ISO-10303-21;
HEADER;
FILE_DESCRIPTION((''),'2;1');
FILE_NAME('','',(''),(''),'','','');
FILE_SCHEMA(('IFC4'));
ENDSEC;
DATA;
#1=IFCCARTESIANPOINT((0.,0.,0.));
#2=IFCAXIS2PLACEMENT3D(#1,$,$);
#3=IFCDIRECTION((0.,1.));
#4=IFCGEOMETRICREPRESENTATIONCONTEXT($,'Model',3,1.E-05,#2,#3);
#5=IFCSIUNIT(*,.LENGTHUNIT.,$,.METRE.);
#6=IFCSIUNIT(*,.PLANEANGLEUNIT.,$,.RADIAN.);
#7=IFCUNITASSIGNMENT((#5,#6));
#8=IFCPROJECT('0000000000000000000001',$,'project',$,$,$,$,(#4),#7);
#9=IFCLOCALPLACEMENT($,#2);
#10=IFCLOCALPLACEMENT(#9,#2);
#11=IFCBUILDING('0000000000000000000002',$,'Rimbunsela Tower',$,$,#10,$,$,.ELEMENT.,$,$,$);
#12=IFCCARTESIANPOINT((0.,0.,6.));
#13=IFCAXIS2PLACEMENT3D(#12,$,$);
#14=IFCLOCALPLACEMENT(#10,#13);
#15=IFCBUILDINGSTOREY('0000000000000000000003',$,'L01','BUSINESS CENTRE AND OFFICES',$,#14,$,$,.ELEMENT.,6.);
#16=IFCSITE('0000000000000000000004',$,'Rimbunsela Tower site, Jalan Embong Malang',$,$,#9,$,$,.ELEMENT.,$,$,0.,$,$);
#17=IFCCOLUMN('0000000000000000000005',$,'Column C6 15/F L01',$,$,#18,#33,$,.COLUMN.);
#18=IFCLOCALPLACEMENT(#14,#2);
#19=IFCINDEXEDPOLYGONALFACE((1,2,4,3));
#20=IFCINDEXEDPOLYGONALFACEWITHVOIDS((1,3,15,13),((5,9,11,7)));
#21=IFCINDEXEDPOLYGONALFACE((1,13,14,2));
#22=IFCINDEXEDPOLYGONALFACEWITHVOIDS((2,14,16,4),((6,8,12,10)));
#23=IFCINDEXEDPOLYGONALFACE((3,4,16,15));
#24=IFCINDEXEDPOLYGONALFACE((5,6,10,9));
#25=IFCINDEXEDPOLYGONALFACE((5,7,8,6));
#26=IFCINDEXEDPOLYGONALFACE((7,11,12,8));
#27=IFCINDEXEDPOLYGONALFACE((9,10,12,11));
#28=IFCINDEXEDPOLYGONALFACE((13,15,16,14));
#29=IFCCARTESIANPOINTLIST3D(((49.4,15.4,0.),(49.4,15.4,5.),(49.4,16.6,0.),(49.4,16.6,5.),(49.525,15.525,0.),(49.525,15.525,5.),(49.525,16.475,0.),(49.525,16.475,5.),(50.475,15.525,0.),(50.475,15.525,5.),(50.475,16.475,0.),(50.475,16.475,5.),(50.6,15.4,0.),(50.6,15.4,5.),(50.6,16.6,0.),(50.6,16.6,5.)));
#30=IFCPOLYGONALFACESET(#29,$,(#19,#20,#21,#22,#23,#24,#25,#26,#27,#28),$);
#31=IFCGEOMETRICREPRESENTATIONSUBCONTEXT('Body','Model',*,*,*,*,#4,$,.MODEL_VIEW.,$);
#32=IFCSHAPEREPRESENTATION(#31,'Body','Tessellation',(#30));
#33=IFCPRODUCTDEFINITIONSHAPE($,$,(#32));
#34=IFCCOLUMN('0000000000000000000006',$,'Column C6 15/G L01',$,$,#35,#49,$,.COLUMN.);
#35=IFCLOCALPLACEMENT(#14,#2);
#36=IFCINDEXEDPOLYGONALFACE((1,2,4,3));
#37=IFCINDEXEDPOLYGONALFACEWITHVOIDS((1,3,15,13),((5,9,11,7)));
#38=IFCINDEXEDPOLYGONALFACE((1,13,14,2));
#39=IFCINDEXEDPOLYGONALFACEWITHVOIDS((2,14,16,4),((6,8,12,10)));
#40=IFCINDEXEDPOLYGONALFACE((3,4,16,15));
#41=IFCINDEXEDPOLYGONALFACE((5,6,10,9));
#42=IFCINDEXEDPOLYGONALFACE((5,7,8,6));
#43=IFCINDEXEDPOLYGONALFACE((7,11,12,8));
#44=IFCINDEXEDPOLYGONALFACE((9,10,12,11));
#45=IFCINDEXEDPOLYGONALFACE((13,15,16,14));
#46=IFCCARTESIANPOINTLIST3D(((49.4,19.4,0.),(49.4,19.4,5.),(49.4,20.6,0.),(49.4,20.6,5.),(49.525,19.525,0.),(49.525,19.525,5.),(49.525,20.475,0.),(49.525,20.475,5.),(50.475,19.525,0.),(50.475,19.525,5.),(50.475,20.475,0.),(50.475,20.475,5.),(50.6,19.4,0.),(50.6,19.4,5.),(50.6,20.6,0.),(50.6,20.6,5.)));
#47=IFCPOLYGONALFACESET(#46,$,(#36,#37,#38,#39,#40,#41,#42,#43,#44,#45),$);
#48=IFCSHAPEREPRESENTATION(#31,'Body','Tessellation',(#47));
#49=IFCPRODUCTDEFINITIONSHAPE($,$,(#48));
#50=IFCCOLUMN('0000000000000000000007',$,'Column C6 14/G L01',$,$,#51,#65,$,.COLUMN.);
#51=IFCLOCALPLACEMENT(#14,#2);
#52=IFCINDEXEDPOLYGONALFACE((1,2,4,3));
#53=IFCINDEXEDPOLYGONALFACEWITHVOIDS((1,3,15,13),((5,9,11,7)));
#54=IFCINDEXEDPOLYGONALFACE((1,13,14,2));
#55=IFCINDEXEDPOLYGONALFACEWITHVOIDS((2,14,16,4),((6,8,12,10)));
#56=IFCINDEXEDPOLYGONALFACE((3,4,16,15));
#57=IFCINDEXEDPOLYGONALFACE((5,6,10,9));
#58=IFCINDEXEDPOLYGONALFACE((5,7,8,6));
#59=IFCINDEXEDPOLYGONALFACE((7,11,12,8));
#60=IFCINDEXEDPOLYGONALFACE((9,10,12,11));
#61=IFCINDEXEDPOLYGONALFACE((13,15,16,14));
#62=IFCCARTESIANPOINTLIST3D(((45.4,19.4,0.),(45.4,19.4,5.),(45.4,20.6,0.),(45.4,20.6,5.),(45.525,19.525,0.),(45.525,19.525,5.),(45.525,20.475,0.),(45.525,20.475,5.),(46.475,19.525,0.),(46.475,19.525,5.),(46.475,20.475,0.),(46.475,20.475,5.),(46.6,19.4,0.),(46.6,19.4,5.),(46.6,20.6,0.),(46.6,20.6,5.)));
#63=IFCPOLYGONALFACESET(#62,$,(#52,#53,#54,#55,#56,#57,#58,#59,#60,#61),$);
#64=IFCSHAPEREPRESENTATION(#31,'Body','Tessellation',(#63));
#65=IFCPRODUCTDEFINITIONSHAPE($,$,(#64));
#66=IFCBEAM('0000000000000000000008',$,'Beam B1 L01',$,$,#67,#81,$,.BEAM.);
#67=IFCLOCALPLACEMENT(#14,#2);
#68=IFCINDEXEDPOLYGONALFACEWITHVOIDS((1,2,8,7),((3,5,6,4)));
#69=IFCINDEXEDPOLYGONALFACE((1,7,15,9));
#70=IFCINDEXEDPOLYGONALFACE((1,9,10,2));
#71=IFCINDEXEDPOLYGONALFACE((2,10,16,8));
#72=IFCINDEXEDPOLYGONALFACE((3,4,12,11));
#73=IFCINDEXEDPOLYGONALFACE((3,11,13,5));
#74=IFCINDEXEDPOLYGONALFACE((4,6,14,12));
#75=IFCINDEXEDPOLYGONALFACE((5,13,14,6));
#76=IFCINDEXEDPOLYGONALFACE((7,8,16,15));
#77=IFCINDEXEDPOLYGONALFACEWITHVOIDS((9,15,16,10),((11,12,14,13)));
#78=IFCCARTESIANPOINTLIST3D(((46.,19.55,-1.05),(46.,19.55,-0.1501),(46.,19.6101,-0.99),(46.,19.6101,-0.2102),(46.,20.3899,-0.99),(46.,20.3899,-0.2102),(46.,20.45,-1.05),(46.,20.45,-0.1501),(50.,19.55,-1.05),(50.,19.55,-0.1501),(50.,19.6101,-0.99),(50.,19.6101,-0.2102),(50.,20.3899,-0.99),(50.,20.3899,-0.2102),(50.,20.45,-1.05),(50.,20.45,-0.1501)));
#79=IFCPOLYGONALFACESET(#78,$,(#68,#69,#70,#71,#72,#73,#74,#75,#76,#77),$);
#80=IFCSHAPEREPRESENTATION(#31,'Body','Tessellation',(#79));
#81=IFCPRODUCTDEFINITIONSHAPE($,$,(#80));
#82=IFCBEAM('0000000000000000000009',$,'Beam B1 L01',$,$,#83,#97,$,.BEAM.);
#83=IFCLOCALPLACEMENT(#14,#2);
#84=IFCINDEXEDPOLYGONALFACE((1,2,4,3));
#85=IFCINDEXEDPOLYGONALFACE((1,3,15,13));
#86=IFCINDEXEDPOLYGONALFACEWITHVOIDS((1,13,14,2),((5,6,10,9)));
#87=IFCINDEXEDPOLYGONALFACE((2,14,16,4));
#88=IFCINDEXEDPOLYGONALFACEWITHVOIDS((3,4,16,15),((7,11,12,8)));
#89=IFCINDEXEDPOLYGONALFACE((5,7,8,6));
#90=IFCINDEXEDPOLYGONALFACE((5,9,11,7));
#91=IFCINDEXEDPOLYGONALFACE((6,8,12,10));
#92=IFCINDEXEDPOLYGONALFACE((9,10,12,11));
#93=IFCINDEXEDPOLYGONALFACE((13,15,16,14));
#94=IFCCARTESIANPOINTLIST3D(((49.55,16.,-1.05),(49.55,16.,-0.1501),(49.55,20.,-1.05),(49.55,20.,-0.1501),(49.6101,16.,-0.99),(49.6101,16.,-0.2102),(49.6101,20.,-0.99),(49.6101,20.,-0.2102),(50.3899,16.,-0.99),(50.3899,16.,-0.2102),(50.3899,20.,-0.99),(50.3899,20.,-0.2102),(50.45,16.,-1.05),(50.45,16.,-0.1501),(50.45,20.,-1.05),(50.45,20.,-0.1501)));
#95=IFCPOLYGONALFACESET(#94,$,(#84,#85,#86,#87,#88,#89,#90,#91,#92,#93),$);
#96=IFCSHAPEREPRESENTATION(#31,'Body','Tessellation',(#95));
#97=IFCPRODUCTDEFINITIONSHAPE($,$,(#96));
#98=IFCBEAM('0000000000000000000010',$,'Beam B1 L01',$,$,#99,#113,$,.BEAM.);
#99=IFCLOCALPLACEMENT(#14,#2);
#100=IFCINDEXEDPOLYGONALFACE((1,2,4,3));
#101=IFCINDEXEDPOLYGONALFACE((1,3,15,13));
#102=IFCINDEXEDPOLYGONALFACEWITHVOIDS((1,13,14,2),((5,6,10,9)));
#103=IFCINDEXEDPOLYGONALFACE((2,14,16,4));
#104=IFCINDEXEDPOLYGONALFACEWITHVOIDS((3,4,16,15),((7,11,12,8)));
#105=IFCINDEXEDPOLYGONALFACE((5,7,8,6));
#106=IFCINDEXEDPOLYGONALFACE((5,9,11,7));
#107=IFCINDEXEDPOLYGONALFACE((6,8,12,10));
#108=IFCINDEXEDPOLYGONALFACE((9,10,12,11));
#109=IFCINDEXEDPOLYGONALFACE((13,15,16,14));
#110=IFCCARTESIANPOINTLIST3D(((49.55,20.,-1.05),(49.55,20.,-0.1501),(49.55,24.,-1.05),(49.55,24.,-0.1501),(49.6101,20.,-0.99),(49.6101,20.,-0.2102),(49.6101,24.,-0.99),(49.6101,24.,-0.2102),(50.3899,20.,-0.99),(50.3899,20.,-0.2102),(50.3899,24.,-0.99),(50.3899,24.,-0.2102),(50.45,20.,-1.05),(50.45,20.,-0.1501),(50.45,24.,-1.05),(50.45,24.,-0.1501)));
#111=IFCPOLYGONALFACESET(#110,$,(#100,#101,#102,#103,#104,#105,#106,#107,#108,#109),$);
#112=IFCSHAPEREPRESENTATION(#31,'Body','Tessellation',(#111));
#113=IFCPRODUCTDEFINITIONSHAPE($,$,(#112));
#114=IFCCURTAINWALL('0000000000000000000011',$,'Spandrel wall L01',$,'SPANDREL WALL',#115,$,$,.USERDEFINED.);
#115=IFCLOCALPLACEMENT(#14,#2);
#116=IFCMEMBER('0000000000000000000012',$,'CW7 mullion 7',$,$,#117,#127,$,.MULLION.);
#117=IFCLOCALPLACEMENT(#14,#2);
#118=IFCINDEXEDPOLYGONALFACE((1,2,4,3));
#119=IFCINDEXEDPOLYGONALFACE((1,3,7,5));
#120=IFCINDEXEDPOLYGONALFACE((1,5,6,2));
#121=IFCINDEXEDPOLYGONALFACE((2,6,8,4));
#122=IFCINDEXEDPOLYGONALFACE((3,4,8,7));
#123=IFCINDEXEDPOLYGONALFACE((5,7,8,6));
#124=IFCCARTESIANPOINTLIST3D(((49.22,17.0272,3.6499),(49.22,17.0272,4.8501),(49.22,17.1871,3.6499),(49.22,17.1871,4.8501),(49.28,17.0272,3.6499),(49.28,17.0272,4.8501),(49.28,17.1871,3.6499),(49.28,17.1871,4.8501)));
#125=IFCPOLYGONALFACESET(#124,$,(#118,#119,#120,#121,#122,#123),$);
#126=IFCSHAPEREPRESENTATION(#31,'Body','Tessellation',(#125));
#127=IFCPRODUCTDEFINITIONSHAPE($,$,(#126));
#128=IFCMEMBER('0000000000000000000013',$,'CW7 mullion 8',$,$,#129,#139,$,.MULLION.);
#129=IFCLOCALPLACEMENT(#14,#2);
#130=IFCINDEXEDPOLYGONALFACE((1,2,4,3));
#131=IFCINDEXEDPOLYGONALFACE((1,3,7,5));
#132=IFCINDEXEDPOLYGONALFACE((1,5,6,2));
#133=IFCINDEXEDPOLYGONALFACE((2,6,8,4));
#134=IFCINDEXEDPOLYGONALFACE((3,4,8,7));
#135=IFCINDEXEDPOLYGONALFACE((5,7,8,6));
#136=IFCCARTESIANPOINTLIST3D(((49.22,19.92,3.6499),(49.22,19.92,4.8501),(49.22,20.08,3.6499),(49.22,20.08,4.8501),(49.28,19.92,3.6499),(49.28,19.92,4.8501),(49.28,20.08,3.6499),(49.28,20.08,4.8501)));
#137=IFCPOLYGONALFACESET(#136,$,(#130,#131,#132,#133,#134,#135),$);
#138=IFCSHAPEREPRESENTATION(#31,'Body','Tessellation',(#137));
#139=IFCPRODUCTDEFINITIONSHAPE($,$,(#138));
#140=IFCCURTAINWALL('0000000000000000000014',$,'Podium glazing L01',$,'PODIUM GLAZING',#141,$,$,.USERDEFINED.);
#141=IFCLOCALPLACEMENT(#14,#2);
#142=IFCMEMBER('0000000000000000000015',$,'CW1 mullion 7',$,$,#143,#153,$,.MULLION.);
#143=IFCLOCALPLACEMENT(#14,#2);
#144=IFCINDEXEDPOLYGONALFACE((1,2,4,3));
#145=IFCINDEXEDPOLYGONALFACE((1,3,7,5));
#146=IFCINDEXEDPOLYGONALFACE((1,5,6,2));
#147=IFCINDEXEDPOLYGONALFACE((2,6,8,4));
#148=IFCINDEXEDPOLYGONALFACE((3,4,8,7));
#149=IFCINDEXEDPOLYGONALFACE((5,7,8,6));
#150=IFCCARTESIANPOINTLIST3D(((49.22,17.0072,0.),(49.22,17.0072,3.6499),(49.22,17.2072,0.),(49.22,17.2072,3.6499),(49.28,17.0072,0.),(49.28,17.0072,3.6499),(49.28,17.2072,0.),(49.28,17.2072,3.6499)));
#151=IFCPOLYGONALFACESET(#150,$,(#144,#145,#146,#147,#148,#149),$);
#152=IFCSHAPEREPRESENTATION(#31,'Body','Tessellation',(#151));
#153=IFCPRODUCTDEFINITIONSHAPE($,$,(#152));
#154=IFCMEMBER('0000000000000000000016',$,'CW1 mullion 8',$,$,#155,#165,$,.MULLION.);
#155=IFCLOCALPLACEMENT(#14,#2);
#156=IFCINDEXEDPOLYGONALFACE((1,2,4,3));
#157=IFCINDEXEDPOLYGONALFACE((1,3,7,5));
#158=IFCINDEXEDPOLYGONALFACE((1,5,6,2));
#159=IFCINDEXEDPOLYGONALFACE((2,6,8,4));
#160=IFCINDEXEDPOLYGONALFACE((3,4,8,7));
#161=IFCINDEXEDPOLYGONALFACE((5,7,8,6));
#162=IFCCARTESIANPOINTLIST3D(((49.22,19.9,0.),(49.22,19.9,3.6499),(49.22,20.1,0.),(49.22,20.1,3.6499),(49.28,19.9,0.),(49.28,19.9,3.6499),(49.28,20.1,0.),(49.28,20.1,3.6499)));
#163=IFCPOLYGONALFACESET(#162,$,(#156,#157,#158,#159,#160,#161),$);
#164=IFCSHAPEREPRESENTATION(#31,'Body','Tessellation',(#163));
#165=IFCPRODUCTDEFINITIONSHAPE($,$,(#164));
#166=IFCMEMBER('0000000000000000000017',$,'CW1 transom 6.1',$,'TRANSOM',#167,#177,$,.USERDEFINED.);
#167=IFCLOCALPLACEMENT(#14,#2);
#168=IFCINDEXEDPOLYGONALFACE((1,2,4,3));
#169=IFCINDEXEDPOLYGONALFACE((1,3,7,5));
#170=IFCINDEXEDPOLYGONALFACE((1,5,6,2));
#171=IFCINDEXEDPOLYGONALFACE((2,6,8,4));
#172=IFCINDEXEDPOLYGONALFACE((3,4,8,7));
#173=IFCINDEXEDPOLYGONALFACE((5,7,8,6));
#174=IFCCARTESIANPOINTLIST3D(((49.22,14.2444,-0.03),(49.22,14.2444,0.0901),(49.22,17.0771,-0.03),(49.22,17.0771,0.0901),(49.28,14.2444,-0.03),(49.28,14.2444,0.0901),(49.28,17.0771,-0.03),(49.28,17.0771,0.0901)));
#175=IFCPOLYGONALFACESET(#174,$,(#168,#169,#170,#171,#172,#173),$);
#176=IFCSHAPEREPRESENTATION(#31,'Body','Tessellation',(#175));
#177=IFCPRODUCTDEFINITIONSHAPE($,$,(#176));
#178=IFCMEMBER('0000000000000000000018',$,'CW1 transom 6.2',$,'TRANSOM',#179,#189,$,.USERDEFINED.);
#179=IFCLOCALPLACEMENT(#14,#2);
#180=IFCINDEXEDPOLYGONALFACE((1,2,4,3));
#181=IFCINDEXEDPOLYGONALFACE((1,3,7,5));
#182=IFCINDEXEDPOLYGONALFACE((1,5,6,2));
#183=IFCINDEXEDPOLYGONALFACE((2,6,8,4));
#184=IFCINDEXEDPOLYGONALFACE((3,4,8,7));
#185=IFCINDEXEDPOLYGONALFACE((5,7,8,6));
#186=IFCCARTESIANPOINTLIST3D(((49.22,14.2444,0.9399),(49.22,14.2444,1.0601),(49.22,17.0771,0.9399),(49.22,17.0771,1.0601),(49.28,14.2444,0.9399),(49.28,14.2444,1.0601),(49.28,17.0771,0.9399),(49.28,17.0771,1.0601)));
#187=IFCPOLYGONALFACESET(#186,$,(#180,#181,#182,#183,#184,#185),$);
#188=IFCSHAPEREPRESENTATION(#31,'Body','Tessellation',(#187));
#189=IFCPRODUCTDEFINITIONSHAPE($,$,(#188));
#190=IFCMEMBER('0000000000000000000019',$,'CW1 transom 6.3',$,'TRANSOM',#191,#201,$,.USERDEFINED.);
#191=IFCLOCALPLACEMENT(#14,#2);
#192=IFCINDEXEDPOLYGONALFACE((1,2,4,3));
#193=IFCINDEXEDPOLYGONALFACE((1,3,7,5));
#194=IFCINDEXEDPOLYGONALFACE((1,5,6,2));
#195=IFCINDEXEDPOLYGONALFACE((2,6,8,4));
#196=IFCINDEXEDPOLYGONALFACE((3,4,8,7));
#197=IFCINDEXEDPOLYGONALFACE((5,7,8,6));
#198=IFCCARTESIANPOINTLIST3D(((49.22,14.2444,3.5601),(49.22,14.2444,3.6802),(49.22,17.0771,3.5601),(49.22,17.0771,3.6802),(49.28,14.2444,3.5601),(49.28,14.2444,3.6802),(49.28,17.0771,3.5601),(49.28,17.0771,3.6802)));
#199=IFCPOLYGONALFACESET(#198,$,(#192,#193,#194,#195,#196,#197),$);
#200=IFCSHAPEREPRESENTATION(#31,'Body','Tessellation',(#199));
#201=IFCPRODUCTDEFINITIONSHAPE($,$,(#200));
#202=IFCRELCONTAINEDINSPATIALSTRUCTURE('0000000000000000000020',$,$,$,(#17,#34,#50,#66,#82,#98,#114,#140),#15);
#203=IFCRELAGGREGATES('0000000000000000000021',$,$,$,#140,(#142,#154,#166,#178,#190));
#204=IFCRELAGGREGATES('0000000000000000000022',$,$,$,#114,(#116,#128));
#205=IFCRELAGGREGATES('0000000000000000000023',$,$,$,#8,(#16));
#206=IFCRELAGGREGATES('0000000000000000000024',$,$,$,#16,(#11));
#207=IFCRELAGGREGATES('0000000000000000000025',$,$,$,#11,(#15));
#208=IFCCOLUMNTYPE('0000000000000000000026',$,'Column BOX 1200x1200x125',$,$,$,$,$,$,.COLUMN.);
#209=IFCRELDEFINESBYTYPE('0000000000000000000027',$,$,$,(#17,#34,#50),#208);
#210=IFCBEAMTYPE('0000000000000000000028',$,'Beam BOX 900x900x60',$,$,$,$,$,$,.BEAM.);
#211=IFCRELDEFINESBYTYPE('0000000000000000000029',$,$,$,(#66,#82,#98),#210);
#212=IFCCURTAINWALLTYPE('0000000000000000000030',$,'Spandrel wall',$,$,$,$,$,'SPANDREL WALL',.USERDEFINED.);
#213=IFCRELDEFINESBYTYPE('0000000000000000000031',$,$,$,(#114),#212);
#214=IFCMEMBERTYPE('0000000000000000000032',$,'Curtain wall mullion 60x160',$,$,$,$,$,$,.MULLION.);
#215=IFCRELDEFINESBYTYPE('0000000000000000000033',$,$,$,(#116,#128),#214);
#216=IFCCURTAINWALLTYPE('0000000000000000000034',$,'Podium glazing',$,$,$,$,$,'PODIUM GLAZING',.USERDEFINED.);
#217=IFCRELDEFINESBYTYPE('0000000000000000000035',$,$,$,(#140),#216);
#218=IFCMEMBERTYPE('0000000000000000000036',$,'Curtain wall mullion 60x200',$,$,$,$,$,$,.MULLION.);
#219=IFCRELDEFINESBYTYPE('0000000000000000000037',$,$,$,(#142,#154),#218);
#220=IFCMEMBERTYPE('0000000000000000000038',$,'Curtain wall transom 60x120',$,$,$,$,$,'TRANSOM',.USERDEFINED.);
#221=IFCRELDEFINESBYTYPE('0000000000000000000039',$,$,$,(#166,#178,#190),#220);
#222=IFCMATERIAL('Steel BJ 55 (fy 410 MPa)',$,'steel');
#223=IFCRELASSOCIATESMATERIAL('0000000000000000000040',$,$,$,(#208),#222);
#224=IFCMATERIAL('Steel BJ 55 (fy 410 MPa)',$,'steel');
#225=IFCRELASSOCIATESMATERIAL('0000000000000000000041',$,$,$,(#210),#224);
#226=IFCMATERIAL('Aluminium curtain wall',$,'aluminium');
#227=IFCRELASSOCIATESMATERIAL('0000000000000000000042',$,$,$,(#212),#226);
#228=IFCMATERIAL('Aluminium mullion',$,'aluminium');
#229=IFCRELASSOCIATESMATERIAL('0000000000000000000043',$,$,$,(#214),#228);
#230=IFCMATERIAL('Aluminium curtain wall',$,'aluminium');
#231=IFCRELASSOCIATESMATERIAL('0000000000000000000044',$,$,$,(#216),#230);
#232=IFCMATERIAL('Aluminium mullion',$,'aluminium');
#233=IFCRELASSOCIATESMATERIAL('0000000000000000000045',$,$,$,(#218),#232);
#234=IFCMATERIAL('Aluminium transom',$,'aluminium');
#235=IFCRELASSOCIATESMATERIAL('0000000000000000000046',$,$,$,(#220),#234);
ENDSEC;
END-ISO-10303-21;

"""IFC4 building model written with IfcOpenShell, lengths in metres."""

from ifc_helpers import new_model, si_unit, direction, frame, origin, origin_2d, place, context, subcontext, project, spatial, rectangle, hollow_rectangle, extrude, material, material_profile, profile_set, type_object, element, aggregate, save


model = new_model("IFC4")

# Units and contexts
model_context = context("Model", 3, precision=1e-05, world=origin(), true_north=direction((0.0, 1.0)))
body_context = subcontext(model_context, "Body", "Model", "MODEL_VIEW")
ifc_project = project(units=[si_unit("LENGTHUNIT", "METRE"), si_unit("PLANEANGLEUNIT", "RADIAN")], contexts=[model_context])

# Site, building, storey
site_placement = place(None, origin())
site = spatial("IfcSite", under=ifc_project, at=site_placement, Name="Rimbunsela Tower site, Jalan Embong Malang", CompositionType="ELEMENT", RefElevation=0.0)
building_placement = place(site_placement, origin())
building = spatial("IfcBuilding", under=site, at=building_placement, Name="Rimbunsela Tower", CompositionType="ELEMENT")
storey_placement = place(building_placement, frame((0.0, 0.0, 6.0)))
storey = spatial("IfcBuildingStorey", under=building, at=storey_placement, Name="L01", Description="BUSINESS CENTRE AND OFFICES", CompositionType="ELEMENT", Elevation=6.0)

# Columns
ifc_material_1 = material(Name="Steel BJ 55 (fy 410 MPa)", Category="steel")
ifc_material_profile_1 = material_profile(ifc_material_1, hollow_rectangle(XDim=1.2, YDim=1.2, WallThickness=0.125, at=origin_2d()), Name="BOX 1200x1200x125")
ifc_profile_set_1 = profile_set([ifc_material_profile_1], Name="Steel BJ 55 (fy 410 MPa)")
column_type = type_object("IfcColumnType", Name="Column BOX 1200x1200x125", PredefinedType="COLUMN", material=ifc_profile_set_1)
for number, where, z_axis, x_axis, name in (
    (1, (50.0, 16.0, 0.0), (0.0, 0.0, 1.0), (1.0, 0.0, 0.0), "Column C6 15/F L01"),
    (2, (50.0, 20.0, 0.0), (0.0, 0.0, 1.0), (1.0, 0.0, 0.0), "Column C6 15/G L01"),
    (3, (46.0, 20.0, 0.0), (0.0, 0.0, 1.0), (1.0, 0.0, 0.0), "Column C6 14/G L01"),
):
    element("IfcColumn", number, at=place(storey_placement, frame(where, z_axis=z_axis, x_axis=x_axis)), inside=storey, type_object=column_type, Name=name, PredefinedType="COLUMN", context=body_context, shape_type="SweptSolid", body=[
        extrude(hollow_rectangle(XDim=1.2, YDim=1.2, WallThickness=0.125, at=origin_2d()), origin(), (0.0, 0.0, 1.0), 5.0),
    ])

# Beams
ifc_material_2 = material(Name="Steel BJ 55 (fy 410 MPa)", Category="steel")
ifc_material_profile_2 = material_profile(ifc_material_2, hollow_rectangle(XDim=0.8999, YDim=0.8999, WallThickness=0.0601, at=origin_2d()), Name="BOX 900x900x60")
ifc_profile_set_2 = profile_set([ifc_material_profile_2], Name="Steel BJ 55 (fy 410 MPa)")
beam_type = type_object("IfcBeamType", Name="Beam BOX 900x900x60", PredefinedType="BEAM", material=ifc_profile_set_2)
for number, where, z_axis, x_axis, name in (
    (4, (46.0, 20.0, -0.6001), (1.0, 0.0, 0.0), (0.0, 1.0, 0.0), "Beam B1 L01"),
    (5, (50.0, 16.0, -0.6001), (0.0, 1.0, 0.0), (-1.0, 0.0, 0.0), "Beam B1 L01"),
    (6, (50.0, 20.0, -0.6001), (0.0, 1.0, 0.0), (-1.0, 0.0, 0.0), "Beam B1 L01"),
):
    element("IfcBeam", number, at=place(storey_placement, frame(where, z_axis=z_axis, x_axis=x_axis)), inside=storey, type_object=beam_type, Name=name, PredefinedType="BEAM", context=body_context, shape_type="SweptSolid", body=[
        extrude(hollow_rectangle(XDim=0.8999, YDim=0.8999, WallThickness=0.0601, at=origin_2d()), origin(), (0.0, 0.0, 1.0), 4.0),
    ])

# Curtain walls, members
ifc_material_3 = material(Name="Aluminium curtain wall", Category="aluminium")
curtain_wall_type_1 = type_object("IfcCurtainWallType", Name="Spandrel wall", ElementType="SPANDREL WALL", PredefinedType="USERDEFINED", material=ifc_material_3)
curtain_wall_1_placement = place(storey_placement, origin())
curtain_wall_1 = element("IfcCurtainWall", 7, at=curtain_wall_1_placement, inside=storey, type_object=curtain_wall_type_1, Name="Spandrel wall L01", ObjectType="SPANDREL WALL", PredefinedType="USERDEFINED")
ifc_material_4 = material(Name="Aluminium mullion", Category="aluminium")
ifc_material_profile_3 = material_profile(ifc_material_4, rectangle(XDim=0.0601, YDim=0.1599, at=origin_2d()), Name="Mullion 60x160")
ifc_profile_set_3 = profile_set([ifc_material_profile_3], Name="Aluminium mullion")
member_type_1 = type_object("IfcMemberType", Name="Curtain wall mullion 60x160", PredefinedType="MULLION", material=ifc_profile_set_3)
member_1_placement = place(storey_placement, frame((49.25, 17.1072, 3.6499), z_axis=(0.0, 0.0, 1.0), x_axis=(-1.0, 0.0, 0.0)))
member_1 = element("IfcMember", 8, at=member_1_placement, type_object=member_type_1, Name="CW7 mullion 7", PredefinedType="MULLION", context=body_context, shape_type="SweptSolid", body=[
    extrude(rectangle(XDim=0.0601, YDim=0.1599, at=origin_2d()), origin(), (0.0, 0.0, 1.0), 1.2002),
])
member_2_placement = place(storey_placement, frame((49.25, 20.0, 3.6499), z_axis=(0.0, 0.0, 1.0), x_axis=(-1.0, 0.0, 0.0)))
member_2 = element("IfcMember", 9, at=member_2_placement, type_object=member_type_1, Name="CW7 mullion 8", PredefinedType="MULLION", context=body_context, shape_type="SweptSolid", body=[
    extrude(rectangle(XDim=0.0601, YDim=0.1599, at=origin_2d()), origin(), (0.0, 0.0, 1.0), 1.2002),
])
ifc_material_5 = material(Name="Aluminium curtain wall", Category="aluminium")
curtain_wall_type_2 = type_object("IfcCurtainWallType", Name="Podium glazing", ElementType="PODIUM GLAZING", PredefinedType="USERDEFINED", material=ifc_material_5)
curtain_wall_2_placement = place(storey_placement, origin())
curtain_wall_2 = element("IfcCurtainWall", 10, at=curtain_wall_2_placement, inside=storey, type_object=curtain_wall_type_2, Name="Podium glazing L01", ObjectType="PODIUM GLAZING", PredefinedType="USERDEFINED")
ifc_material_6 = material(Name="Aluminium mullion", Category="aluminium")
ifc_material_profile_4 = material_profile(ifc_material_6, rectangle(XDim=0.0601, YDim=0.2, at=origin_2d()), Name="Mullion 60x200")
ifc_profile_set_4 = profile_set([ifc_material_profile_4], Name="Aluminium mullion")
member_type_2 = type_object("IfcMemberType", Name="Curtain wall mullion 60x200", PredefinedType="MULLION", material=ifc_profile_set_4)
member_3_placement = place(storey_placement, frame((49.25, 17.1072, 0.0), z_axis=(0.0, 0.0, 1.0), x_axis=(-1.0, 0.0, 0.0)))
member_3 = element("IfcMember", 11, at=member_3_placement, type_object=member_type_2, Name="CW1 mullion 7", PredefinedType="MULLION", context=body_context, shape_type="SweptSolid", body=[
    extrude(rectangle(XDim=0.0601, YDim=0.2, at=origin_2d()), origin(), (0.0, 0.0, 1.0), 3.6499),
])
member_4_placement = place(storey_placement, frame((49.25, 20.0, 0.0), z_axis=(0.0, 0.0, 1.0), x_axis=(-1.0, 0.0, 0.0)))
member_4 = element("IfcMember", 12, at=member_4_placement, type_object=member_type_2, Name="CW1 mullion 8", PredefinedType="MULLION", context=body_context, shape_type="SweptSolid", body=[
    extrude(rectangle(XDim=0.0601, YDim=0.2, at=origin_2d()), origin(), (0.0, 0.0, 1.0), 3.6499),
])
ifc_material_7 = material(Name="Aluminium transom", Category="aluminium")
ifc_material_profile_5 = material_profile(ifc_material_7, rectangle(XDim=0.0601, YDim=0.1201, at=origin_2d()), Name="Transom 60x120")
ifc_profile_set_5 = profile_set([ifc_material_profile_5], Name="Aluminium transom")
member_type_3 = type_object("IfcMemberType", Name="Curtain wall transom 60x120", ElementType="TRANSOM", PredefinedType="USERDEFINED", material=ifc_profile_set_5)
member_5_placement = place(storey_placement, frame((49.25, 14.2444, 0.03), z_axis=(0.0, 1.0, 0.0), x_axis=(-1.0, 0.0, 0.0)))
member_5 = element("IfcMember", 13, at=member_5_placement, type_object=member_type_3, Name="CW1 transom 6.1", ObjectType="TRANSOM", PredefinedType="USERDEFINED", context=body_context, shape_type="SweptSolid", body=[
    extrude(rectangle(XDim=0.0601, YDim=0.1201, at=origin_2d()), origin(), (0.0, 0.0, 1.0), 2.8328),
])
member_6_placement = place(storey_placement, frame((49.25, 14.2444, 1.0), z_axis=(0.0, 1.0, 0.0), x_axis=(-1.0, 0.0, 0.0)))
member_6 = element("IfcMember", 14, at=member_6_placement, type_object=member_type_3, Name="CW1 transom 6.2", ObjectType="TRANSOM", PredefinedType="USERDEFINED", context=body_context, shape_type="SweptSolid", body=[
    extrude(rectangle(XDim=0.0601, YDim=0.1201, at=origin_2d()), origin(), (0.0, 0.0, 1.0), 2.8328),
])
member_7_placement = place(storey_placement, frame((49.25, 14.2444, 3.6201), z_axis=(0.0, 1.0, 0.0), x_axis=(-1.0, 0.0, 0.0)))
member_7 = element("IfcMember", 15, at=member_7_placement, type_object=member_type_3, Name="CW1 transom 6.3", ObjectType="TRANSOM", PredefinedType="USERDEFINED", context=body_context, shape_type="SweptSolid", body=[
    extrude(rectangle(XDim=0.0601, YDim=0.1201, at=origin_2d()), origin(), (0.0, 0.0, 1.0), 2.8328),
])

aggregate(curtain_wall_2, [member_3, member_4, member_5, member_6, member_7])
aggregate(curtain_wall_1, [member_1, member_2])

save(model, "model.ifc")
